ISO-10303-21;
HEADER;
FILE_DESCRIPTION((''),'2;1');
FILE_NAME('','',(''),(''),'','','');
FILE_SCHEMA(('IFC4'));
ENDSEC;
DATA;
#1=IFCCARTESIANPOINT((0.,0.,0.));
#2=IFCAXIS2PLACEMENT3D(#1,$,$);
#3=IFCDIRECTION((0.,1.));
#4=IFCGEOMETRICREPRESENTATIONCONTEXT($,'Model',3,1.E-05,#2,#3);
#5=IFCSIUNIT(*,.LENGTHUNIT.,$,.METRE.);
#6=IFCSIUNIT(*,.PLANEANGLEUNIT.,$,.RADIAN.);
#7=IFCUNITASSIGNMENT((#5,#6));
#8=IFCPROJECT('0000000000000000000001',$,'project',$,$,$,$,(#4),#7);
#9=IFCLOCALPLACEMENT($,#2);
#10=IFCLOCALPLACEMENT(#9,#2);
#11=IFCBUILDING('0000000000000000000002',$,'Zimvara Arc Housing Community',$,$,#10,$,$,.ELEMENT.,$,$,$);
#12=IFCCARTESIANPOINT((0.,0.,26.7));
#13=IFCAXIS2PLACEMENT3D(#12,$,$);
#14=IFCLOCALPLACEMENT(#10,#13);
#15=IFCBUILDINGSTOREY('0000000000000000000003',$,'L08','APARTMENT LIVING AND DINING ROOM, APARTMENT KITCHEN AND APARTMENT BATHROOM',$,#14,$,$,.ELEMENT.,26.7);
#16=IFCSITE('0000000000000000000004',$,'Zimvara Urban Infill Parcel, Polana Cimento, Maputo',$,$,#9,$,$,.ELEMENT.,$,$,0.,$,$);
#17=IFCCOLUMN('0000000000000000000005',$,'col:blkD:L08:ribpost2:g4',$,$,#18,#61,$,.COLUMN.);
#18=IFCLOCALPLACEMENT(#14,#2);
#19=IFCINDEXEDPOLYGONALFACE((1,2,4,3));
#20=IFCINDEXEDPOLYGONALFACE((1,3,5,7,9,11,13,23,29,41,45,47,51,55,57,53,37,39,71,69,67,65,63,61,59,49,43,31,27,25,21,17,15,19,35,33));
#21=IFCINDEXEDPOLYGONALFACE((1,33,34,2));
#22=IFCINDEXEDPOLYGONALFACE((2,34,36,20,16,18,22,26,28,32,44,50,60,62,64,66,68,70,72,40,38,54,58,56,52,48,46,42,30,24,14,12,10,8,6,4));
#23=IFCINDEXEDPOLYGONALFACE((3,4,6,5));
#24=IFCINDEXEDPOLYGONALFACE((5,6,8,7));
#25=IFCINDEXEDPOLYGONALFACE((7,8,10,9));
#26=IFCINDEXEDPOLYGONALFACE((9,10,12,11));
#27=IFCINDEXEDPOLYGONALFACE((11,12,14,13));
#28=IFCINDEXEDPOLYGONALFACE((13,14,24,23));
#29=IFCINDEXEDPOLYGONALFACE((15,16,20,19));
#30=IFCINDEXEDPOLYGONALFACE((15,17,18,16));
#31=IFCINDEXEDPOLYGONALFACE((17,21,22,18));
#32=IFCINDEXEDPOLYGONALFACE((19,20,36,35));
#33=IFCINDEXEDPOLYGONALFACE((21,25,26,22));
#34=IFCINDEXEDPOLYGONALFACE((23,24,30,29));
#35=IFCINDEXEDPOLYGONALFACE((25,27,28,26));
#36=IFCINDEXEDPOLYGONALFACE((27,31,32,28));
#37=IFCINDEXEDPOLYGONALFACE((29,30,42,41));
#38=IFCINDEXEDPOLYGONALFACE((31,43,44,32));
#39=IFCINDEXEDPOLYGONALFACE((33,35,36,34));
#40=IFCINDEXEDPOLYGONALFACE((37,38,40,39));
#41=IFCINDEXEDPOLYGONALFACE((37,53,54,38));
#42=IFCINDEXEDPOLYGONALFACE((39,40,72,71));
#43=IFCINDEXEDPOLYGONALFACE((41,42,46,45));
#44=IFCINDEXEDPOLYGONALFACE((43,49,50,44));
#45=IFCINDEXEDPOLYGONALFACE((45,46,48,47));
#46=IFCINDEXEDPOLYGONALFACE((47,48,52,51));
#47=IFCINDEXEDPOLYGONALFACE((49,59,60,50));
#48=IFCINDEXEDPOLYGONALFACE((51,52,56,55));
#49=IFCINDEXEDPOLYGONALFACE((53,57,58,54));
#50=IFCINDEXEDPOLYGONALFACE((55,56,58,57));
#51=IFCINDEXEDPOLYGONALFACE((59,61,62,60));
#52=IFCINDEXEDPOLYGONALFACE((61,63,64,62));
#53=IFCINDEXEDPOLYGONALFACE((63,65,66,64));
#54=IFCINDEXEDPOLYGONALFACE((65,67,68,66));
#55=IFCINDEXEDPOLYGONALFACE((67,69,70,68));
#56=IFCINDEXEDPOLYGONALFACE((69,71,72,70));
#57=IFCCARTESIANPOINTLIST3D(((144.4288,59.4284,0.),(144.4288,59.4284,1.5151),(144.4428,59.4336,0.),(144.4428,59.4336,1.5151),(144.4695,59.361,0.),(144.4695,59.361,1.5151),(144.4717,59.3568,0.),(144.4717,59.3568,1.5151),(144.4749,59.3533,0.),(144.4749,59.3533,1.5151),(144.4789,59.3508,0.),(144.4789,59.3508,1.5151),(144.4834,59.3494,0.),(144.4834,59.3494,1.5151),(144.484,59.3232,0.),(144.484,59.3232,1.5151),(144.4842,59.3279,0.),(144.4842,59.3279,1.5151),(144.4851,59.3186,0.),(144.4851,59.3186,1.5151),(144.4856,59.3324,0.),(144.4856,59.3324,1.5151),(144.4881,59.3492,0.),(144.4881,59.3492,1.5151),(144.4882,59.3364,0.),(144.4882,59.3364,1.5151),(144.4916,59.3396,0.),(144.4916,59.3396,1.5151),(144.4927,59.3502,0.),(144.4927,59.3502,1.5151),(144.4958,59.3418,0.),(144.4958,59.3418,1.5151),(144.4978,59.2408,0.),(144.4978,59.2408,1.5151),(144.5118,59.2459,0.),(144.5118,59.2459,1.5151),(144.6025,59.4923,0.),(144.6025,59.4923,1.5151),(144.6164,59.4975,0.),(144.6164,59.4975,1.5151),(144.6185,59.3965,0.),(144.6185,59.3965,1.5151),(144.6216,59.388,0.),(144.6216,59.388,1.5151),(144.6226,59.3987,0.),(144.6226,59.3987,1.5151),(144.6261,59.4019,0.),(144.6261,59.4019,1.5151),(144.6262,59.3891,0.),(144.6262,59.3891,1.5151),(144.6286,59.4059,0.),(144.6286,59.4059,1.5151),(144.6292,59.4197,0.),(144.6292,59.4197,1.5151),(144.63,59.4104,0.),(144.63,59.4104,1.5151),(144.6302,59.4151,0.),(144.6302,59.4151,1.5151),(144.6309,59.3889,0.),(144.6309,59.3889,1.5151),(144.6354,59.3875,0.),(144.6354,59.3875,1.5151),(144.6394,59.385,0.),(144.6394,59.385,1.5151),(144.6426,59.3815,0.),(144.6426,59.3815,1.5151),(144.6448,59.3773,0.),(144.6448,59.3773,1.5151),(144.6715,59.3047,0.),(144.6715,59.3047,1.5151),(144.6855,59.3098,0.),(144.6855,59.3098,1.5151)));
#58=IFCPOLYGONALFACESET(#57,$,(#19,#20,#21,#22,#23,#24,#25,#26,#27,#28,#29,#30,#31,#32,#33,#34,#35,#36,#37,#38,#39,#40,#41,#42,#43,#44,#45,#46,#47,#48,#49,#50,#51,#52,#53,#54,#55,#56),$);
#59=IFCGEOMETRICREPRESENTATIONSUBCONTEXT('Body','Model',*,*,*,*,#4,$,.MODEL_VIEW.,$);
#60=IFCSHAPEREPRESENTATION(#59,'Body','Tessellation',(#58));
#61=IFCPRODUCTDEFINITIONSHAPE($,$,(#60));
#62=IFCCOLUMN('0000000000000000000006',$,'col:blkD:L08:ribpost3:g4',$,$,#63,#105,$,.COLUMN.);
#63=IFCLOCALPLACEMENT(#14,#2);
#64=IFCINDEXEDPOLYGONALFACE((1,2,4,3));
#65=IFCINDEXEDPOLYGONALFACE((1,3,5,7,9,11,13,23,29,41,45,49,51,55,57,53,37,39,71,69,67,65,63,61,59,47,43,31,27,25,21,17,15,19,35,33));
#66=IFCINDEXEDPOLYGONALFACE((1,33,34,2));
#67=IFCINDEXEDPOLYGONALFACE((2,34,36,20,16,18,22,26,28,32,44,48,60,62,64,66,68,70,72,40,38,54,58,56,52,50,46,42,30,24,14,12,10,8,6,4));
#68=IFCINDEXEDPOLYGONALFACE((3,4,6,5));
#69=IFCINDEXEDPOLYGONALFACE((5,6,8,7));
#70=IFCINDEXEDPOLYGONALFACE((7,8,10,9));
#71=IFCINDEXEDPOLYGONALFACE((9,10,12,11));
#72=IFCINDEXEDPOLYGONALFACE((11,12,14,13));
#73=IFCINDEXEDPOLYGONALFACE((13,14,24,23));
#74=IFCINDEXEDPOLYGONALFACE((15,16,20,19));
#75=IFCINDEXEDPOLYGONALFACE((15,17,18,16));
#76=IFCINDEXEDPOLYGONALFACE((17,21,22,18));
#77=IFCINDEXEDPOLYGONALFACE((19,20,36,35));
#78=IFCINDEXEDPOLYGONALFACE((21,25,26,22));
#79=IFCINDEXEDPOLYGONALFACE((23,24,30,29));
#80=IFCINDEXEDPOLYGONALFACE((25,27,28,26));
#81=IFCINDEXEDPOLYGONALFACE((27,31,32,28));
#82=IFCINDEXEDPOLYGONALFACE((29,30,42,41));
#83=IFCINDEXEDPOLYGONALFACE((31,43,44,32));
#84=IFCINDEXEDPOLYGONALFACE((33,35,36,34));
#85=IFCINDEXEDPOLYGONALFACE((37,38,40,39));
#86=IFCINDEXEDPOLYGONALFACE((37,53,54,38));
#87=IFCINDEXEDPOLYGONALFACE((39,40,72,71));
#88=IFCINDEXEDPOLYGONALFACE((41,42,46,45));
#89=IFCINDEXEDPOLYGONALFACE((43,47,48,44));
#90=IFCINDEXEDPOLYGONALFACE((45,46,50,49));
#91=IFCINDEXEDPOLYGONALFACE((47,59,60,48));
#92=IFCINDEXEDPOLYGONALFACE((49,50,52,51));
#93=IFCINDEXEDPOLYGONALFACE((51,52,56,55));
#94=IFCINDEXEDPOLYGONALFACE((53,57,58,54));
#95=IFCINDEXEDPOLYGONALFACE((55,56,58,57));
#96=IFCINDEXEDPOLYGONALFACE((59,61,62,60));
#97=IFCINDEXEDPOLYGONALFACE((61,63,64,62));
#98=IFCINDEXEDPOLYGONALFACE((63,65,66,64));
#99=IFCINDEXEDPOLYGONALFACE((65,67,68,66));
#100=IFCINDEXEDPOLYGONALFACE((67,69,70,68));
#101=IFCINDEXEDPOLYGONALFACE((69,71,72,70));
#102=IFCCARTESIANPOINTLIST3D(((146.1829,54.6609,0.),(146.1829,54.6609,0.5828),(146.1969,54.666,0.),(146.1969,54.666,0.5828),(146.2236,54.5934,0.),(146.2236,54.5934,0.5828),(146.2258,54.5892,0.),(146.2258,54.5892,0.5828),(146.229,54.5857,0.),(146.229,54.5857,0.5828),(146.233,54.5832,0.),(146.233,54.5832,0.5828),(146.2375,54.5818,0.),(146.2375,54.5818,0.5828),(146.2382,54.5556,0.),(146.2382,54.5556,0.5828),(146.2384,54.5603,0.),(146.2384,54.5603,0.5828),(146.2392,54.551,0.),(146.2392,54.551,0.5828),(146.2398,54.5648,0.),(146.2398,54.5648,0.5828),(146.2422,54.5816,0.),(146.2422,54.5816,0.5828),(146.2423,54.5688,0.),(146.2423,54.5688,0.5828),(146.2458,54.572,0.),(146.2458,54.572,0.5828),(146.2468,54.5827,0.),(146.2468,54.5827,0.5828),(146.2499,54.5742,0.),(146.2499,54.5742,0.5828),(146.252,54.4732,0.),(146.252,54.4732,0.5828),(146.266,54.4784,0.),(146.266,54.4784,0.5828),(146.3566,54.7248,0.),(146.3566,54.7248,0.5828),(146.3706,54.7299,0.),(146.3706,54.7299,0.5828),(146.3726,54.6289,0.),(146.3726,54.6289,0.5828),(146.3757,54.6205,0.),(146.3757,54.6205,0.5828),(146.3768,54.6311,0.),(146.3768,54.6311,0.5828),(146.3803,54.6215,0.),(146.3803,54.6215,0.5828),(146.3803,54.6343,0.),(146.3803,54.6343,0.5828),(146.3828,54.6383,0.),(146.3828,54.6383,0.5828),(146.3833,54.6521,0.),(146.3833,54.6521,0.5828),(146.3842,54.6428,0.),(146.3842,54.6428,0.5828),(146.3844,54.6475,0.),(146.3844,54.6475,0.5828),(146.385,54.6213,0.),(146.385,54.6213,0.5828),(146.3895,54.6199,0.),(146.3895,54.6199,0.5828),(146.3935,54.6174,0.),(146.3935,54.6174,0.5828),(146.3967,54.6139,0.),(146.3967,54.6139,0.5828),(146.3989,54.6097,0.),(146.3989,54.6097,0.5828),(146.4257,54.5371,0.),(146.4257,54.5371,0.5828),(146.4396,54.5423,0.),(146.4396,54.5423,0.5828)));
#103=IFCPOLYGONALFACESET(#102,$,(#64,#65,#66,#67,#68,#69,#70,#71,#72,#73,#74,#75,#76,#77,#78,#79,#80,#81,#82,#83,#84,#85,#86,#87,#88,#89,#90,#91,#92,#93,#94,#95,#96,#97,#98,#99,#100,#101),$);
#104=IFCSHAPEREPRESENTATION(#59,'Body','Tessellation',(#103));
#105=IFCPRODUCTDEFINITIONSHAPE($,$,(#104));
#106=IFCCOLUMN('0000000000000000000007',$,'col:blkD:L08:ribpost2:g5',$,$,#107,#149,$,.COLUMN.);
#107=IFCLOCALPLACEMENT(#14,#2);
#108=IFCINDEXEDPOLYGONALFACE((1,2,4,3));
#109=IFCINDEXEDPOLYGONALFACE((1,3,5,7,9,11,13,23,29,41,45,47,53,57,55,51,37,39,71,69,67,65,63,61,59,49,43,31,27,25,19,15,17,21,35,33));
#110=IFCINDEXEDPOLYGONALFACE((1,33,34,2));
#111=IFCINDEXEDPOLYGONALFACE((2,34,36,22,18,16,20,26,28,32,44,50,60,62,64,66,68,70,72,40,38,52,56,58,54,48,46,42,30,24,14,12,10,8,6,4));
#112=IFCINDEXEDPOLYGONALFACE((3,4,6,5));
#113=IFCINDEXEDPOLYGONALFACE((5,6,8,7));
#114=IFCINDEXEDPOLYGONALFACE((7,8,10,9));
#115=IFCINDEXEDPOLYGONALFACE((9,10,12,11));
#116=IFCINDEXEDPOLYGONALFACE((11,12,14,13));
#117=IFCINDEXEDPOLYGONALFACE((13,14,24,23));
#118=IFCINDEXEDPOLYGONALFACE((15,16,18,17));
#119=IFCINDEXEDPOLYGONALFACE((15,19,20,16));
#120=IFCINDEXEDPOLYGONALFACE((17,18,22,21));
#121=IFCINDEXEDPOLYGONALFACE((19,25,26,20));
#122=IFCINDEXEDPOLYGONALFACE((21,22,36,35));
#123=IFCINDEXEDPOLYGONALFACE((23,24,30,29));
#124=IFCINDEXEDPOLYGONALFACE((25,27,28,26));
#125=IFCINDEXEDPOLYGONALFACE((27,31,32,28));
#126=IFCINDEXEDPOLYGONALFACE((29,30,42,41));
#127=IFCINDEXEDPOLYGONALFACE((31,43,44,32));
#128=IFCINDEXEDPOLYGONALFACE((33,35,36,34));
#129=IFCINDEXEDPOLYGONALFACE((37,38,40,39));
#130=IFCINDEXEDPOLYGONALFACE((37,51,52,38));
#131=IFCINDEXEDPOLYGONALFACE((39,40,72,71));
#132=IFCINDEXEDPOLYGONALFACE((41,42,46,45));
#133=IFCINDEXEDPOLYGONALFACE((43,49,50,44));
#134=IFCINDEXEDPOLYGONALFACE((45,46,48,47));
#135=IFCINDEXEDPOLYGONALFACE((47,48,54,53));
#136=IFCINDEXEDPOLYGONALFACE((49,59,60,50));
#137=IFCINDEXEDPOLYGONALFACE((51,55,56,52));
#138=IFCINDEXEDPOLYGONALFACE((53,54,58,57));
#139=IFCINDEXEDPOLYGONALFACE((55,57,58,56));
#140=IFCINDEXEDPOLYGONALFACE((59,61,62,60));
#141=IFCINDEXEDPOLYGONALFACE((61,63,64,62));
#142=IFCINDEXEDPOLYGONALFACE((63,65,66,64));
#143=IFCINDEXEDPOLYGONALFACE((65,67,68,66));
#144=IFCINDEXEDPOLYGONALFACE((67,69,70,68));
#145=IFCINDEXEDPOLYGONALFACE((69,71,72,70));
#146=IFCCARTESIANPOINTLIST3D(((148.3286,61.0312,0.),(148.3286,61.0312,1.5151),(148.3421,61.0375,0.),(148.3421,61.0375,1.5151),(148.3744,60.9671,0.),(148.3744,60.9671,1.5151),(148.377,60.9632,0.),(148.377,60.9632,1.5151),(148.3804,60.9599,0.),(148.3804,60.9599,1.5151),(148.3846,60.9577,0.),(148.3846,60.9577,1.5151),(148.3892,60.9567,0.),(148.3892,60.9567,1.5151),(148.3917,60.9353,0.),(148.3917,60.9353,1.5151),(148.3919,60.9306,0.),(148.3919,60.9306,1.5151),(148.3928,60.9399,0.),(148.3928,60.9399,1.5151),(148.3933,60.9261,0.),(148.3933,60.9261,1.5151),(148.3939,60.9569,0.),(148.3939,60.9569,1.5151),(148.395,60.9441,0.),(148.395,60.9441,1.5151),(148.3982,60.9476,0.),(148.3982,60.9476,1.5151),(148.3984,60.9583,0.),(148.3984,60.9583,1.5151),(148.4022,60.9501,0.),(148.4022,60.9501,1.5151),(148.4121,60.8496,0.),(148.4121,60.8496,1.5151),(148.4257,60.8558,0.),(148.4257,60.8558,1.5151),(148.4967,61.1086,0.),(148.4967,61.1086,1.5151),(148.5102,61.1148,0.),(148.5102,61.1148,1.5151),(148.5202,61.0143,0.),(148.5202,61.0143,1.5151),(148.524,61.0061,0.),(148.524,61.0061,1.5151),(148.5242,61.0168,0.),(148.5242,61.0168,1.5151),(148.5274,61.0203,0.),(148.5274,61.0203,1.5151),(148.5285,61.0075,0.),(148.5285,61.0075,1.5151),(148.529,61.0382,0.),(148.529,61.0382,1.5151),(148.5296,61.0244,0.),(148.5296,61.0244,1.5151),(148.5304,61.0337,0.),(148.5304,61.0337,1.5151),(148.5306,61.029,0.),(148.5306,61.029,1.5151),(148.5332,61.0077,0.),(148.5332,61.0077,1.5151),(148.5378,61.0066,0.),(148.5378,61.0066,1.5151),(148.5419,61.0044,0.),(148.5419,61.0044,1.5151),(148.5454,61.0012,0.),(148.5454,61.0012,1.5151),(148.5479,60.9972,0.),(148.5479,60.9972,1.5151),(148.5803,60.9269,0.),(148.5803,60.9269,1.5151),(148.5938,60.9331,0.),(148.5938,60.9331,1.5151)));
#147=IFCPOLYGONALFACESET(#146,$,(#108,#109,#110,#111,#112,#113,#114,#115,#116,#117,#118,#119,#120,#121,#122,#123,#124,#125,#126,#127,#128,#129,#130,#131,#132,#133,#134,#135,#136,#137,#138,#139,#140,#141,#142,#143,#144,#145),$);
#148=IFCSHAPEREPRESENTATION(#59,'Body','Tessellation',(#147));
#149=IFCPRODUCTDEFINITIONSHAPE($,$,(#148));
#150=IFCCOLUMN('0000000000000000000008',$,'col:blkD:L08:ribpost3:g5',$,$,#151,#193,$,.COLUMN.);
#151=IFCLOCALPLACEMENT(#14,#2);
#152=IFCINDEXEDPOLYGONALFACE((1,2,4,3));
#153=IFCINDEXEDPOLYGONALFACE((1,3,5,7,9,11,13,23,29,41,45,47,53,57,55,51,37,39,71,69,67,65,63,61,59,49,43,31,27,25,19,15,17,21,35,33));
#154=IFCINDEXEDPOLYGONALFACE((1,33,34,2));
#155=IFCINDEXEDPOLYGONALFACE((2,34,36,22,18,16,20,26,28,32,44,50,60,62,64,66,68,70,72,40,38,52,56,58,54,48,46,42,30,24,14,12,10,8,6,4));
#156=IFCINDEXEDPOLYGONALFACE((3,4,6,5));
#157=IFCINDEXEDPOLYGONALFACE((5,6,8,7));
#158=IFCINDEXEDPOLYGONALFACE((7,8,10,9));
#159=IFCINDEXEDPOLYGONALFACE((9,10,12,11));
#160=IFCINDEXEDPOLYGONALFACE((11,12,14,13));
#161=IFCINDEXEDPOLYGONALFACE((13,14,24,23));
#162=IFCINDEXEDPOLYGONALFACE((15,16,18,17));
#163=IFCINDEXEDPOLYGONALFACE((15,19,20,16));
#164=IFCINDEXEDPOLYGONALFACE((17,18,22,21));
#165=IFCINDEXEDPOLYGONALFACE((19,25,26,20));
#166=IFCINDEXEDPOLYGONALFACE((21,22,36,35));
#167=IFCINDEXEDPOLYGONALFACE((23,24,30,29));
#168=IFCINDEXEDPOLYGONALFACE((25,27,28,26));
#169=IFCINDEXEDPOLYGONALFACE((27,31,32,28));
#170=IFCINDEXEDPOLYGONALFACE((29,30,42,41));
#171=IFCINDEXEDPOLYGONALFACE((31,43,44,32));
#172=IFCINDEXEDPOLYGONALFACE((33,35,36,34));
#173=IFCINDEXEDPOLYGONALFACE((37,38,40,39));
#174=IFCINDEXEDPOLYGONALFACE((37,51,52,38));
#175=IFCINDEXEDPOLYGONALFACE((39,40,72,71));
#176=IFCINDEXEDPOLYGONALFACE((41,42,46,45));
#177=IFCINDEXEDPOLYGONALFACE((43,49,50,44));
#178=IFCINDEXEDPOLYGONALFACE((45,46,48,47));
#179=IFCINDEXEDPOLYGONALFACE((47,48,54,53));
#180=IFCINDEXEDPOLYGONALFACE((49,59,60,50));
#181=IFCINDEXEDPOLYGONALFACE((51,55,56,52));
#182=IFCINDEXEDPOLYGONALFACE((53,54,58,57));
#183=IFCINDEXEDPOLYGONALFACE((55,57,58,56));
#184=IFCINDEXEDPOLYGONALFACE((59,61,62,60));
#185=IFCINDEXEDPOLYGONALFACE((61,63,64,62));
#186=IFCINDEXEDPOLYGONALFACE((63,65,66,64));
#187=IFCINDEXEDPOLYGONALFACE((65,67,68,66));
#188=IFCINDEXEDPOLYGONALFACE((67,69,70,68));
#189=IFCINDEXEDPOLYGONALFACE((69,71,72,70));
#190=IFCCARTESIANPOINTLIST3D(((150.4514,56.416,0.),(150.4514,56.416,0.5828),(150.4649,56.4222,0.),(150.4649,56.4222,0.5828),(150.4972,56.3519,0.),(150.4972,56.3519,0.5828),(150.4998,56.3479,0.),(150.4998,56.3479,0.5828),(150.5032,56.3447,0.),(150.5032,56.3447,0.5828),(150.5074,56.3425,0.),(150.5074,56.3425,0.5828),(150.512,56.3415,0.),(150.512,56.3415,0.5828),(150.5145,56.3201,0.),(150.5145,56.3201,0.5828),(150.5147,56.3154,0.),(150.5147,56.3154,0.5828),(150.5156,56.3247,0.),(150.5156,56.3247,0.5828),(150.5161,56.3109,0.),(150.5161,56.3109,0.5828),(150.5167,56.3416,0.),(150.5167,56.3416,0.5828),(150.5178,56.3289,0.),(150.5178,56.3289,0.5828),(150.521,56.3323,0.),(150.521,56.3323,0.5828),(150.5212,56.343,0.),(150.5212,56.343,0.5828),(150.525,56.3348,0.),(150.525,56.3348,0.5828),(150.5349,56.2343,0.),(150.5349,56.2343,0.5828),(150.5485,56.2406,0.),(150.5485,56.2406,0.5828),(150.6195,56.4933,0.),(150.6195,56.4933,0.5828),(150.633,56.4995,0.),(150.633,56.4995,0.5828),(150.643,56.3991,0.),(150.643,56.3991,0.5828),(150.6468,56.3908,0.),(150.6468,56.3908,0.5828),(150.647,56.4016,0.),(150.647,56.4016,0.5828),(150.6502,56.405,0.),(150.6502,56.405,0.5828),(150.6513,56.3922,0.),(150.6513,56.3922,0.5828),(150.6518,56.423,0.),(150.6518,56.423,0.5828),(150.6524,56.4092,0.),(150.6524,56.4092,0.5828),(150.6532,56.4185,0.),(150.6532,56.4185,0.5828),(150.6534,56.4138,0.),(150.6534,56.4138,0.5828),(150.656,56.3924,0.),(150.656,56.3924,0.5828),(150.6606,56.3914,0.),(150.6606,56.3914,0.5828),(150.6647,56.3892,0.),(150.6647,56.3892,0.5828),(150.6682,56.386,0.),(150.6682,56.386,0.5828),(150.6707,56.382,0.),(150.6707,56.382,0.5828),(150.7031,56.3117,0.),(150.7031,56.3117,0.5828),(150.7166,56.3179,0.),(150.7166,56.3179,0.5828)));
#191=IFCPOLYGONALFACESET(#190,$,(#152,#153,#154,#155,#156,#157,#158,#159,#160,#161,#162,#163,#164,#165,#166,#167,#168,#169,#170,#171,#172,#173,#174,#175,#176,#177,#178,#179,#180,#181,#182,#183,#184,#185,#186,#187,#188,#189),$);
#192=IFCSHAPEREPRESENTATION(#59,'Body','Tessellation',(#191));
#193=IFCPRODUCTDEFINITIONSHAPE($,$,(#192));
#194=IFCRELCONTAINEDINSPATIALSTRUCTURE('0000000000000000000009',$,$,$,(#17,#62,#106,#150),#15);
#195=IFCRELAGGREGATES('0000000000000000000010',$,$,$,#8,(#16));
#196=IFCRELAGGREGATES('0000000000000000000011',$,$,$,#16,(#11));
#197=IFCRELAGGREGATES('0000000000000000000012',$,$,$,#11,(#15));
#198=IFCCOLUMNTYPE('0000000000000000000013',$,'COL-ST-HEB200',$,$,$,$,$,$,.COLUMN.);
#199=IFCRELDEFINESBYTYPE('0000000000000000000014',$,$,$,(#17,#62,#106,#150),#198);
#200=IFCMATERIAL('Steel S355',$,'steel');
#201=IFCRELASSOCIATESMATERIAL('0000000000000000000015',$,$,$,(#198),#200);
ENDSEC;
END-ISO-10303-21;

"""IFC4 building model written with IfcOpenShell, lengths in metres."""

from ifc_helpers import new_model, si_unit, direction, frame, origin, origin_2d, place, context, subcontext, project, spatial, i_section, extrude, material, material_profile, profile_set, type_object, element, save


model = new_model("IFC4")

# Units and contexts
model_context = context("Model", 3, precision=1e-05, world=origin(), true_north=direction((0.0, 1.0)))
body_context = subcontext(model_context, "Body", "Model", "MODEL_VIEW")
ifc_project = project(units=[si_unit("LENGTHUNIT", "METRE"), si_unit("PLANEANGLEUNIT", "RADIAN")], contexts=[model_context])

# Site, building, storey
site_placement = place(None, origin())
site = spatial("IfcSite", under=ifc_project, at=site_placement, Name="Zimvara Urban Infill Parcel, Polana Cimento, Maputo", CompositionType="ELEMENT", RefElevation=0.0)
building_placement = place(site_placement, origin())
building = spatial("IfcBuilding", under=site, at=building_placement, Name="Zimvara Arc Housing Community", CompositionType="ELEMENT")
storey_placement = place(building_placement, frame((0.0, 0.0, 26.7)))
storey = spatial("IfcBuildingStorey", under=building, at=storey_placement, Name="L08", Description="APARTMENT LIVING AND DINING ROOM, APARTMENT KITCHEN AND APARTMENT BATHROOM", CompositionType="ELEMENT", Elevation=26.7)

# Columns
ifc_material_1 = material(Name="Steel S355", Category="steel")
ifc_material_profile_1 = material_profile(ifc_material_1, i_section(OverallWidth=0.2, OverallDepth=0.2, WebThickness=0.009, FlangeThickness=0.0149, FilletRadius=0.0181, at=origin_2d()), Name="HEB 200")
ifc_profile_set_1 = profile_set([ifc_material_profile_1], Name="Steel S355")
column_type = type_object("IfcColumnType", Name="COL-ST-HEB200", PredefinedType="COLUMN", material=ifc_profile_set_1)
column_1_placement = place(storey_placement, frame((144.5571, 59.3691, 0.0), z_axis=(0.0, 0.0, 1.0), x_axis=(0.345298, -0.938493, 0.0)))
element("IfcColumn", 1, at=column_1_placement, inside=storey, type_object=column_type, Name="col:blkD:L08:ribpost2:g4", PredefinedType="COLUMN", context=body_context, shape_type="SweptSolid", body=[
    extrude(i_section(OverallWidth=0.2, OverallDepth=0.2, WebThickness=0.009, FlangeThickness=0.0149, FilletRadius=0.0181, at=origin_2d()), origin(), (0.0, 0.0, 1.0), 1.5151),
])
column_2_placement = place(storey_placement, frame((146.3113, 54.6016, 0.0), z_axis=(0.0, 0.0, 1.0), x_axis=(0.345298, -0.938493, 0.0)))
element("IfcColumn", 2, at=column_2_placement, inside=storey, type_object=column_type, Name="col:blkD:L08:ribpost3:g4", PredefinedType="COLUMN", context=body_context, shape_type="SweptSolid", body=[
    extrude(i_section(OverallWidth=0.2, OverallDepth=0.2, WebThickness=0.009, FlangeThickness=0.0149, FilletRadius=0.0181, at=origin_2d()), origin(), (0.0, 0.0, 1.0), 0.5828),
])
column_3_placement = place(storey_placement, frame((148.4612, 60.9822, 0.0), z_axis=(0.0, 0.0, 1.0), x_axis=(0.417867, -0.908508, 0.0)))
element("IfcColumn", 3, at=column_3_placement, inside=storey, type_object=column_type, Name="col:blkD:L08:ribpost2:g5", PredefinedType="COLUMN", context=body_context, shape_type="SweptSolid", body=[
    extrude(i_section(OverallWidth=0.2, OverallDepth=0.2, WebThickness=0.009, FlangeThickness=0.0149, FilletRadius=0.0181, at=origin_2d()), origin(), (0.0, 0.0, 1.0), 1.5151),
])
for number, where, z_axis, x_axis, name in (
    (4, (150.584, 56.3669, 0.0), (0.0, 0.0, 1.0), (0.417867, -0.908508, 0.0), "col:blkD:L08:ribpost3:g5"),
):
    element("IfcColumn", number, at=place(storey_placement, frame(where, z_axis=z_axis, x_axis=x_axis)), inside=storey, type_object=column_type, Name=name, PredefinedType="COLUMN", context=body_context, shape_type="SweptSolid", body=[
        extrude(i_section(OverallWidth=0.2, OverallDepth=0.2, WebThickness=0.009, FlangeThickness=0.0149, FilletRadius=0.0181, at=origin_2d()), origin(), (0.0, 0.0, 1.0), 0.5828),
    ])

save(model, "model.ifc")
